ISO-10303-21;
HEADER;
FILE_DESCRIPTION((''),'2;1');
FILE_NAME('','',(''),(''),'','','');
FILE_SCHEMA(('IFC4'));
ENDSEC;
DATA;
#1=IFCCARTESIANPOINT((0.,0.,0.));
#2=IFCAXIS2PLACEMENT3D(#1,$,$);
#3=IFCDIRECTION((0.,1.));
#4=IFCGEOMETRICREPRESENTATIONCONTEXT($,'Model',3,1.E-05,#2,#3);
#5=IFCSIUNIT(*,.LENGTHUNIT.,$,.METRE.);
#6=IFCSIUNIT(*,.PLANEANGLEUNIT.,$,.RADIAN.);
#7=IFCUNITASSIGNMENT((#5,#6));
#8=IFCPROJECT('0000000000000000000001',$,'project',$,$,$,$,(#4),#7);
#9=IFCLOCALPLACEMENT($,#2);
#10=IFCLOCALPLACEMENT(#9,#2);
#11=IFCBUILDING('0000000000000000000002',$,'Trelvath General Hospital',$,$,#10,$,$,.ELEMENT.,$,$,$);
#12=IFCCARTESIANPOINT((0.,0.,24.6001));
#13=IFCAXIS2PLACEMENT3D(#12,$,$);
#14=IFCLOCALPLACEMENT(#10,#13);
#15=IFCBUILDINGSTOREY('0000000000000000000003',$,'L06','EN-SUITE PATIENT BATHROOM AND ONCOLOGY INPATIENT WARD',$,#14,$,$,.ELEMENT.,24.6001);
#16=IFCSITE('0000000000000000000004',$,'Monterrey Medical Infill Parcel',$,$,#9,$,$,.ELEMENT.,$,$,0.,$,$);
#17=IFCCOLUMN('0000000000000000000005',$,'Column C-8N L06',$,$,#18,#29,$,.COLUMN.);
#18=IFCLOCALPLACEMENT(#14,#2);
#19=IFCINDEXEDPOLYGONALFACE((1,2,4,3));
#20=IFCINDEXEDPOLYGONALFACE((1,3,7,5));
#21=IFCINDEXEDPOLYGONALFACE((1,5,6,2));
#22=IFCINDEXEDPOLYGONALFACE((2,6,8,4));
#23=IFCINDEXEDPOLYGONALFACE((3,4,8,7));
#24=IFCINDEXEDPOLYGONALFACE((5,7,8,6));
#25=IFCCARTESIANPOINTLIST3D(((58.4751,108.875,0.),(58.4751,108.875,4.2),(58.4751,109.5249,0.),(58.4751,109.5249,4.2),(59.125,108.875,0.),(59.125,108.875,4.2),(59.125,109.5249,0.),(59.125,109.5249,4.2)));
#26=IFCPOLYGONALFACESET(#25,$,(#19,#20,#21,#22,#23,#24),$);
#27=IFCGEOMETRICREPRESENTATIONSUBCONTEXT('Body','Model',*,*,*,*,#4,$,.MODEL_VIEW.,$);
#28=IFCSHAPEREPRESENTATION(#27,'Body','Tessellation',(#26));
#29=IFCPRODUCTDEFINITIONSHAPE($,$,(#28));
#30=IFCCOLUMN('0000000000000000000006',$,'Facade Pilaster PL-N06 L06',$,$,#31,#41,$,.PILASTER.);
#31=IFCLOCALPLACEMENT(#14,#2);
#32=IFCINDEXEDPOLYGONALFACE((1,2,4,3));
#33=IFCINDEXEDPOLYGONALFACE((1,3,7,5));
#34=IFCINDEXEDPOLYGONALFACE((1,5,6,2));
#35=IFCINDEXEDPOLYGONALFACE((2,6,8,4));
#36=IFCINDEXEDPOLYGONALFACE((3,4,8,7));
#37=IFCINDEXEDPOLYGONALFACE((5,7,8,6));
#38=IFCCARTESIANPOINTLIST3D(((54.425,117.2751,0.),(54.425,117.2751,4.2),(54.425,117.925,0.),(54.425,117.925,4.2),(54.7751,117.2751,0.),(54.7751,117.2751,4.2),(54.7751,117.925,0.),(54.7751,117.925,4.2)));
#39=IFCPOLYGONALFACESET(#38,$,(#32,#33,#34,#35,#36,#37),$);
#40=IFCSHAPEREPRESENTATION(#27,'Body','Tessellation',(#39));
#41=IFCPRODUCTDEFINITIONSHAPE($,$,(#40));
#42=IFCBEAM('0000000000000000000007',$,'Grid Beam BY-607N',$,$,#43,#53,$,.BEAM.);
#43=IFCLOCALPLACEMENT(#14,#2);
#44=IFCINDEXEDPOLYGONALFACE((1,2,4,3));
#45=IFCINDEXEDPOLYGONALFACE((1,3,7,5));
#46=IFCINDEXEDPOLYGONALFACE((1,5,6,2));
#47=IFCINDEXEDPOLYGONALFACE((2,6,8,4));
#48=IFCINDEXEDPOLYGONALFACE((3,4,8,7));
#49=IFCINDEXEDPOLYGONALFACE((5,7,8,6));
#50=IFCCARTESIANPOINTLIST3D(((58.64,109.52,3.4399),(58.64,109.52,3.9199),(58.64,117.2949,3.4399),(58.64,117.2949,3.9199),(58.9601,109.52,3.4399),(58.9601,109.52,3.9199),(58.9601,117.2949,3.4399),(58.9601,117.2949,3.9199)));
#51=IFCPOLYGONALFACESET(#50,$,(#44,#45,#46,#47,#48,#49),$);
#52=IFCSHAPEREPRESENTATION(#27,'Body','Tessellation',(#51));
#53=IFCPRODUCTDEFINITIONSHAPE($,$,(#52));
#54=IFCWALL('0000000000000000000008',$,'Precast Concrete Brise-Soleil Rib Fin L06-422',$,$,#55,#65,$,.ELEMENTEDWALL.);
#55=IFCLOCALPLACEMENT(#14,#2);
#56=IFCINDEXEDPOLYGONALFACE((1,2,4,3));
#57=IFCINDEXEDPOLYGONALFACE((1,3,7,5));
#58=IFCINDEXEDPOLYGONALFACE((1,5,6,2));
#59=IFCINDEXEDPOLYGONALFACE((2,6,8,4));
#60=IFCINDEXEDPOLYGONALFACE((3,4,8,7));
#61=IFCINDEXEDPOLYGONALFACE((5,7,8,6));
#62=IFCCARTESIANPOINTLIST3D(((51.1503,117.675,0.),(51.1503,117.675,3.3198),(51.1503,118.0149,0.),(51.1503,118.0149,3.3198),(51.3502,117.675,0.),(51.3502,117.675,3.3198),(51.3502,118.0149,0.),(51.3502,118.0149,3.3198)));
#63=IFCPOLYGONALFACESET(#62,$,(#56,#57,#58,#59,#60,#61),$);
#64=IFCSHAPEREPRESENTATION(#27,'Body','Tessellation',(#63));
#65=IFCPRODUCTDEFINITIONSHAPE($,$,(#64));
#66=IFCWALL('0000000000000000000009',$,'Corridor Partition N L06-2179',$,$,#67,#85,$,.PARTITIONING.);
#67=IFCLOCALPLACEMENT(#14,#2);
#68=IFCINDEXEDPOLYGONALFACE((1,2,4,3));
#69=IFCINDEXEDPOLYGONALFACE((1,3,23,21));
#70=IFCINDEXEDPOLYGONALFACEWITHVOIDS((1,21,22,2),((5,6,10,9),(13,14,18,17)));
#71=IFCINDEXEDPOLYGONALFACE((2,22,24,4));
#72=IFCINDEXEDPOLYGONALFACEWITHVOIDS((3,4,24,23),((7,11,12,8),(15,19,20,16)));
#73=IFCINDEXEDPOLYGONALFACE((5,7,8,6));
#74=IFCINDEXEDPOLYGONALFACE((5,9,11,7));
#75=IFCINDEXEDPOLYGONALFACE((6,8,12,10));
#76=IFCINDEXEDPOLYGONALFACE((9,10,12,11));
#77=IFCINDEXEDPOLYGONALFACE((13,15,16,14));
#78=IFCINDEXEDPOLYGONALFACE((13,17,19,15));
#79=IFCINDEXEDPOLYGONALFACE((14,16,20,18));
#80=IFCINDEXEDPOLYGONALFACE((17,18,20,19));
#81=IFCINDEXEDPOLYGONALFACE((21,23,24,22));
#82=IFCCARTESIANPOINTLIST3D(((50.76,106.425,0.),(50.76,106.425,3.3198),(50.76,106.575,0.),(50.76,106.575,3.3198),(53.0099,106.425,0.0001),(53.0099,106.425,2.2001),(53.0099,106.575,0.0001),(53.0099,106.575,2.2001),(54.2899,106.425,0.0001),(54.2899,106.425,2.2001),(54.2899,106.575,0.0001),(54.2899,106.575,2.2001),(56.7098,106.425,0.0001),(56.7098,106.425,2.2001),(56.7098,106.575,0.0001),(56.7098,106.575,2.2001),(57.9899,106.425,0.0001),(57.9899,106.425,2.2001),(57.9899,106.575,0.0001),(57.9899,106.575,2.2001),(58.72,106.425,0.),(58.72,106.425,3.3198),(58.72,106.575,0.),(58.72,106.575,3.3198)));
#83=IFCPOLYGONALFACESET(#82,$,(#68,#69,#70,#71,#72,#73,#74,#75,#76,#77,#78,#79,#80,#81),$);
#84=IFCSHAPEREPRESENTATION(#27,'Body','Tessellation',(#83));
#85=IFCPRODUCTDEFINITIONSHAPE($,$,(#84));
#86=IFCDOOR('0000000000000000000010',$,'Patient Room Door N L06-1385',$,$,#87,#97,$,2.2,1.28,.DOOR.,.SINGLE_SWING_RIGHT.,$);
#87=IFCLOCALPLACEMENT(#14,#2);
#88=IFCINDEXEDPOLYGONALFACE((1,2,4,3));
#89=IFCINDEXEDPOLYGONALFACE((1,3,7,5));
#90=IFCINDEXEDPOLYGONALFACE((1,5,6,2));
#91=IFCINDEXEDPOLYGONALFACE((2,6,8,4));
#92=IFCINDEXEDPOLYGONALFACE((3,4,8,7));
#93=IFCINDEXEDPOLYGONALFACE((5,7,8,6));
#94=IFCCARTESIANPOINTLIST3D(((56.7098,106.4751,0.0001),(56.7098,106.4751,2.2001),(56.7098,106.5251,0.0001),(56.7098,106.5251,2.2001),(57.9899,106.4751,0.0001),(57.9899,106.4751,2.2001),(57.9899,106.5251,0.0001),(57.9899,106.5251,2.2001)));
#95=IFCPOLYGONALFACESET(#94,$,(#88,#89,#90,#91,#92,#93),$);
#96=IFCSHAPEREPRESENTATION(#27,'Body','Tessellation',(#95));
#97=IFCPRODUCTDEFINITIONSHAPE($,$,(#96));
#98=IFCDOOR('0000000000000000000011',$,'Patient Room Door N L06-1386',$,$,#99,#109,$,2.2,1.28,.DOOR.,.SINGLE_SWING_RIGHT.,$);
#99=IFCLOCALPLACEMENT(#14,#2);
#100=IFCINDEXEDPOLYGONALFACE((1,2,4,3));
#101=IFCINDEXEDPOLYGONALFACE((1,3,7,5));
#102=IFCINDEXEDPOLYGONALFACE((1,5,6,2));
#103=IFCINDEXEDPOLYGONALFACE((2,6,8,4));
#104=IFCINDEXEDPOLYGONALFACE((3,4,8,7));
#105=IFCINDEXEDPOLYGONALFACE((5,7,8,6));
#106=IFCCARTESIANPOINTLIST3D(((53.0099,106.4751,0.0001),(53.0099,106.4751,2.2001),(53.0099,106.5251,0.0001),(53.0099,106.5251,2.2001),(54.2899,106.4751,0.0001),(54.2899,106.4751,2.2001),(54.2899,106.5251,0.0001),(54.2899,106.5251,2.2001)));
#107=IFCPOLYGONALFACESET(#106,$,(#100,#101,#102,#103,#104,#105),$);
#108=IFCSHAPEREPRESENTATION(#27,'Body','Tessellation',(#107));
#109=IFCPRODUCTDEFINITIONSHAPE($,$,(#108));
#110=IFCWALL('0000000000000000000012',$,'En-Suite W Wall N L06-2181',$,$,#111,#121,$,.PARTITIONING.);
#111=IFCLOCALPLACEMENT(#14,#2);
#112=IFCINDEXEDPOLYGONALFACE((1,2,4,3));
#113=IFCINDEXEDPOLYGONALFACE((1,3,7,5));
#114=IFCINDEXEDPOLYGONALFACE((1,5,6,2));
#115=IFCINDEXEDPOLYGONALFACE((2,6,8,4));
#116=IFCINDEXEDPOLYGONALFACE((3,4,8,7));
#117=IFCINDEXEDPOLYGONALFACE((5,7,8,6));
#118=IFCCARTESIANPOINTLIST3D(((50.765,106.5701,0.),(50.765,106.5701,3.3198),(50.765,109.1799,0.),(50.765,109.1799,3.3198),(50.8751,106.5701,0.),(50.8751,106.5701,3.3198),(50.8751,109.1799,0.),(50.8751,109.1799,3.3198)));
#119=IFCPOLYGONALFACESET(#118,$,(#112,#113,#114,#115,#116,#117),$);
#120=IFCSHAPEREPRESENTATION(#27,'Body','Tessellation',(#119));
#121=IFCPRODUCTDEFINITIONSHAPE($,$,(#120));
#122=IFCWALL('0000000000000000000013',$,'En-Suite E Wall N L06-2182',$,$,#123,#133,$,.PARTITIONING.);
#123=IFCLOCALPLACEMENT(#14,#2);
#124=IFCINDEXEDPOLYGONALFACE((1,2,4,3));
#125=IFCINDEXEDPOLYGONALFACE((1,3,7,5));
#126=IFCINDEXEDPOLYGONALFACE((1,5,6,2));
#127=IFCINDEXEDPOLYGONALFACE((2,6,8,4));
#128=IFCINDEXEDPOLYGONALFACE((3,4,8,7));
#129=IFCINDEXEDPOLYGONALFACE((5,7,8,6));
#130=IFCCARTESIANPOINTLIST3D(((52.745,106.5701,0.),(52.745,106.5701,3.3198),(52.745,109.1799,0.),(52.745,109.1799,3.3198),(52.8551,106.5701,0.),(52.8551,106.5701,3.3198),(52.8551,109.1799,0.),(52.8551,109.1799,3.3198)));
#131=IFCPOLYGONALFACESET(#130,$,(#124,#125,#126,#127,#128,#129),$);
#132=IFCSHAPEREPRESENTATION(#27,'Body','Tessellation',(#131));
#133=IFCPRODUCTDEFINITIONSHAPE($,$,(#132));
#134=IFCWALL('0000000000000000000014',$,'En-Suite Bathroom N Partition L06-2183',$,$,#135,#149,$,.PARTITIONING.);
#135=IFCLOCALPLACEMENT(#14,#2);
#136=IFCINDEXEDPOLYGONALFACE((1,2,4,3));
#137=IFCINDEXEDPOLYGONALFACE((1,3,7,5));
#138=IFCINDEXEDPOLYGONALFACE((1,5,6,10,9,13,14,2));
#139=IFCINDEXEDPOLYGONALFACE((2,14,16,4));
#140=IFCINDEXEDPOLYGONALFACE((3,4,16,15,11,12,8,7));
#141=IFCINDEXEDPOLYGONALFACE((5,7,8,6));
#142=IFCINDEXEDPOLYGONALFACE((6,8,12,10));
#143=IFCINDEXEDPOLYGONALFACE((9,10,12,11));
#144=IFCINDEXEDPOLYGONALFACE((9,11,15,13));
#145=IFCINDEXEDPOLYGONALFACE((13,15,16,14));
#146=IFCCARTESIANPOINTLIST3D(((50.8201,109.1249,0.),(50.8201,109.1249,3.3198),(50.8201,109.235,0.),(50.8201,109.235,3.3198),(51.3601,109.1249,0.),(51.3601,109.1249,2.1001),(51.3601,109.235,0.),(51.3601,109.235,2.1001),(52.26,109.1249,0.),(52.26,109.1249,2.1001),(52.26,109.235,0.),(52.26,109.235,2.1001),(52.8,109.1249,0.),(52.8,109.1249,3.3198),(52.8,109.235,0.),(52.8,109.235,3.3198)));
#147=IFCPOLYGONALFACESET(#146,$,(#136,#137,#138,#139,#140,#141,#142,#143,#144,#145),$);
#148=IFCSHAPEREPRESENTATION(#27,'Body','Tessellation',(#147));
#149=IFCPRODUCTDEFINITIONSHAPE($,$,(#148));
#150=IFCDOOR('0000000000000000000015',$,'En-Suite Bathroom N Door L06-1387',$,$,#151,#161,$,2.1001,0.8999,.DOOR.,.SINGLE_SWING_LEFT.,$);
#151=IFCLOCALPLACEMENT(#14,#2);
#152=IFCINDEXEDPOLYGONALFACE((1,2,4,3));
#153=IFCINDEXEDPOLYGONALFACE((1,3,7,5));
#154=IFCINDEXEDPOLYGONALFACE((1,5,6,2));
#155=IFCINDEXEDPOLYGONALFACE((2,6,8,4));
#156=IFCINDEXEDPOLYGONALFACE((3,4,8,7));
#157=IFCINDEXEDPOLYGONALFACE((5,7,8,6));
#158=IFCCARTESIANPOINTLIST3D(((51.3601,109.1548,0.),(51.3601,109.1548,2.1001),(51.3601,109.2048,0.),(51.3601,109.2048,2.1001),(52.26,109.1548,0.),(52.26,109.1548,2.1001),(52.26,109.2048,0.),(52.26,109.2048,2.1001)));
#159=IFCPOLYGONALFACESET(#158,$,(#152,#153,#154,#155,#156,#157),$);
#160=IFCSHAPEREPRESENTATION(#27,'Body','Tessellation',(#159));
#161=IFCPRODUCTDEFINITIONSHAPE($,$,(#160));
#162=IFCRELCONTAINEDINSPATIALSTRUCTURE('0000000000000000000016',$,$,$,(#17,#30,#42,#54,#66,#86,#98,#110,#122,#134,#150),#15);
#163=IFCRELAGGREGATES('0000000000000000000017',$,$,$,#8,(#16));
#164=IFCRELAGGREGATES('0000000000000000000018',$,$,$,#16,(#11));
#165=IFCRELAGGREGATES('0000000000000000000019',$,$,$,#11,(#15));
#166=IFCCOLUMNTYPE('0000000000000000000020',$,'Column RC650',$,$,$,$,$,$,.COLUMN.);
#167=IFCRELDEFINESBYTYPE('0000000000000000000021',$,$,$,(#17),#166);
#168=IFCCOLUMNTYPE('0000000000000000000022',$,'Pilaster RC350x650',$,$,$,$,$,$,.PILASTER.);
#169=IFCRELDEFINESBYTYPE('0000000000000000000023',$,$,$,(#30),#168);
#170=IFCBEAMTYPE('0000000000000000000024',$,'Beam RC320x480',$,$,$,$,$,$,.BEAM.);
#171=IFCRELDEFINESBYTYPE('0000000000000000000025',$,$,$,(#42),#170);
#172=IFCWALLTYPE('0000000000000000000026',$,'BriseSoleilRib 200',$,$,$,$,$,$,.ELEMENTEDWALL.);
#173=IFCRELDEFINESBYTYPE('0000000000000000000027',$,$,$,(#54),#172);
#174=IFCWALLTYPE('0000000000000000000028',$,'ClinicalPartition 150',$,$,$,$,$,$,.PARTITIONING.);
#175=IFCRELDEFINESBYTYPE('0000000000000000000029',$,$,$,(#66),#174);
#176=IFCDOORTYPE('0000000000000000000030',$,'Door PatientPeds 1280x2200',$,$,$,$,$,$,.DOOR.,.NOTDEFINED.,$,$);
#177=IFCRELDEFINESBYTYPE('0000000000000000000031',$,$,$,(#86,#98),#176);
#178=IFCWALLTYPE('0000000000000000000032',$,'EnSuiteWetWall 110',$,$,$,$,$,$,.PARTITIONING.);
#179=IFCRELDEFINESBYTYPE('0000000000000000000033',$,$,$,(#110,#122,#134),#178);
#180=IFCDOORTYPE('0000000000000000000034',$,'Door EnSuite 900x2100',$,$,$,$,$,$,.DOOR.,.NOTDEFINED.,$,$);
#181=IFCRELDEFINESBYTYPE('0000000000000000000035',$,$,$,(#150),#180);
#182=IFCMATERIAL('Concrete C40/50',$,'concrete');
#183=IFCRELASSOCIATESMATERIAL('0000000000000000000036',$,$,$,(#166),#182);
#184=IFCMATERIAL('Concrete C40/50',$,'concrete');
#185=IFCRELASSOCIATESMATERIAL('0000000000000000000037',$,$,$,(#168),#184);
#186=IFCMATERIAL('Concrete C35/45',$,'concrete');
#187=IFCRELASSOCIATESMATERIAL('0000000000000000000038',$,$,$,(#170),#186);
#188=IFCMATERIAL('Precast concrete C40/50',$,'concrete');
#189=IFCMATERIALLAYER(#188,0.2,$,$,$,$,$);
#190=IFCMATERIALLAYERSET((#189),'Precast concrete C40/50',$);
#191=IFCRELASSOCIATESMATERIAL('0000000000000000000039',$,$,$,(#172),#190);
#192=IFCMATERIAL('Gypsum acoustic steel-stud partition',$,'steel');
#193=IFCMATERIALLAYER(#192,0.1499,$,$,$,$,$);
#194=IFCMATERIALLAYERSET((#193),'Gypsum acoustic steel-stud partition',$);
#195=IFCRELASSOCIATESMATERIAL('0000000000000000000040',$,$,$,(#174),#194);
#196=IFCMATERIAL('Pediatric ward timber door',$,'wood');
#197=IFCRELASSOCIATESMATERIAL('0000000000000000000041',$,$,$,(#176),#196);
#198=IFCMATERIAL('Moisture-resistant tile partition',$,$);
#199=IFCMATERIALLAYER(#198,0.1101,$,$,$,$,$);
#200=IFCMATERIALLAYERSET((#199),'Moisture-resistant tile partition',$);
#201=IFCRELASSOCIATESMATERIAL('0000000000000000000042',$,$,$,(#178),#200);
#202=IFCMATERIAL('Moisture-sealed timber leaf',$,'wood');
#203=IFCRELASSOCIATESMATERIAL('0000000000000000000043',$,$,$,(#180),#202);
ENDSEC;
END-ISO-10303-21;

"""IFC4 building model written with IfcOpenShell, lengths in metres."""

from ifc_helpers import new_model, si_unit, direction, frame, frame_2d, origin, origin_2d, place, context, subcontext, project, spatial, rectangle, extrude, material, layer, layer_set, material_profile, profile_set, type_object, element, fill, save


model = new_model("IFC4")

# Units and contexts
model_context = context("Model", 3, precision=1e-05, world=origin(), true_north=direction((0.0, 1.0)))
body_context = subcontext(model_context, "Body", "Model", "MODEL_VIEW")
ifc_project = project(units=[si_unit("LENGTHUNIT", "METRE"), si_unit("PLANEANGLEUNIT", "RADIAN")], contexts=[model_context])

# Site, building, storey
site_placement = place(None, origin())
site = spatial("IfcSite", under=ifc_project, at=site_placement, Name="Monterrey Medical Infill Parcel", CompositionType="ELEMENT", RefElevation=0.0)
building_placement = place(site_placement, origin())
building = spatial("IfcBuilding", under=site, at=building_placement, Name="Trelvath General Hospital", CompositionType="ELEMENT")
storey_placement = place(building_placement, frame((0.0, 0.0, 24.6001)))
storey = spatial("IfcBuildingStorey", under=building, at=storey_placement, Name="L06", Description="EN-SUITE PATIENT BATHROOM AND ONCOLOGY INPATIENT WARD", CompositionType="ELEMENT", Elevation=24.6001)

# Columns
ifc_material_1 = material(Name="Concrete C40/50", Category="concrete")
ifc_material_profile_1 = material_profile(ifc_material_1, rectangle(XDim=0.6499, YDim=0.6499, at=origin_2d()), Name="RC650x650")
ifc_profile_set_1 = profile_set([ifc_material_profile_1], Name="Concrete C40/50")
column_type_1 = type_object("IfcColumnType", Name="Column RC650", PredefinedType="COLUMN", material=ifc_profile_set_1)
column_1_placement = place(storey_placement, frame((58.8, 109.2, 0.0), z_axis=(0.0, 0.0, 1.0), x_axis=(1.0, 0.0, 0.0)))
element("IfcColumn", 1, at=column_1_placement, inside=storey, type_object=column_type_1, Name="Column C-8N L06", PredefinedType="COLUMN", context=body_context, shape_type="SweptSolid", body=[
    extrude(rectangle(XDim=0.6499, YDim=0.6499, at=origin_2d()), origin(), (0.0, 0.0, 1.0), 4.2),
])
ifc_material_2 = material(Name="Concrete C40/50", Category="concrete")
ifc_material_profile_2 = material_profile(ifc_material_2, rectangle(XDim=0.3501, YDim=0.6499, at=origin_2d()), Name="RC350x650")
ifc_profile_set_2 = profile_set([ifc_material_profile_2], Name="Concrete C40/50")
column_type_2 = type_object("IfcColumnType", Name="Pilaster RC350x650", PredefinedType="PILASTER", material=ifc_profile_set_2)
column_2_placement = place(storey_placement, frame((54.6001, 117.6001, 0.0), z_axis=(0.0, 0.0, 1.0), x_axis=(1.0, 0.0, 0.0)))
element("IfcColumn", 2, at=column_2_placement, inside=storey, type_object=column_type_2, Name="Facade Pilaster PL-N06 L06", PredefinedType="PILASTER", context=body_context, shape_type="SweptSolid", body=[
    extrude(rectangle(XDim=0.3501, YDim=0.6499, at=origin_2d()), origin(), (0.0, 0.0, 1.0), 4.2),
])

# Beam
ifc_material_3 = material(Name="Concrete C35/45", Category="concrete")
ifc_material_profile_3 = material_profile(ifc_material_3, rectangle(XDim=0.3201, YDim=0.48, at=origin_2d()), Name="RCB320x480")
ifc_profile_set_3 = profile_set([ifc_material_profile_3], Name="Concrete C35/45")
beam_type = type_object("IfcBeamType", Name="Beam RC320x480", PredefinedType="BEAM", material=ifc_profile_set_3)
beam_placement = place(storey_placement, frame((58.8, 109.52, 3.6799), z_axis=(0.0, 1.0, 0.0), x_axis=(-1.0, 0.0, 0.0)))
element("IfcBeam", 3, at=beam_placement, inside=storey, type_object=beam_type, Name="Grid Beam BY-607N", PredefinedType="BEAM", context=body_context, shape_type="SweptSolid", body=[
    extrude(rectangle(XDim=0.3201, YDim=0.48, at=origin_2d()), origin(), (0.0, 0.0, 1.0), 7.7749),
])

# Wall
ifc_material_4 = material(Name="Precast concrete C40/50", Category="concrete")
ifc_layer_1 = layer(ifc_material_4, 0.2)
ifc_layer_set_1 = layer_set([ifc_layer_1], Name="Precast concrete C40/50")
wall_type_1 = type_object("IfcWallType", Name="BriseSoleilRib 200", PredefinedType="ELEMENTEDWALL", material=ifc_layer_set_1)
wall_1_placement = place(storey_placement, frame((51.2502, 117.675, 0.0), z_axis=(0.0, 0.0, 1.0), x_axis=(0.0, 1.0, 0.0)))
element("IfcWall", 4, at=wall_1_placement, inside=storey, type_object=wall_type_1, Name="Precast Concrete Brise-Soleil Rib Fin L06-422", PredefinedType="ELEMENTEDWALL", context=body_context, shape_type="SweptSolid", body=[
    extrude(rectangle(XDim=0.3398, YDim=0.2, at=frame_2d((0.1699, 0.0))), origin(), (0.0, 0.0, 1.0), 3.3198),
])

# Wall, openings, doors
ifc_material_5 = material(Name="Gypsum acoustic steel-stud partition", Category="steel")
ifc_layer_2 = layer(ifc_material_5, 0.1499)
ifc_layer_set_2 = layer_set([ifc_layer_2], Name="Gypsum acoustic steel-stud partition")
wall_type_2 = type_object("IfcWallType", Name="ClinicalPartition 150", PredefinedType="PARTITIONING", material=ifc_layer_set_2)
wall_2_placement = place(storey_placement, frame((58.72, 106.5, 0.0), z_axis=(0.0, 0.0, 1.0), x_axis=(-1.0, 0.0, 0.0)))
wall_2 = element("IfcWall", 5, at=wall_2_placement, inside=storey, type_object=wall_type_2, Name="Corridor Partition N L06-2179", PredefinedType="PARTITIONING", context=body_context, shape_type="SweptSolid", body=[
    extrude(rectangle(XDim=7.96, YDim=0.1499, at=frame_2d((3.98, 0.0))), origin(), (0.0, 0.0, 1.0), 3.3198),
])
opening_1_placement = place(wall_2_placement, frame((0.73, 0.0, 0.0)))
opening_1 = element("IfcOpeningElement", 6, at=opening_1_placement, cuts=wall_2, PredefinedType="OPENING", context=body_context, shape_type="SweptSolid", body=[
    extrude(rectangle(XDim=1.28, YDim=2.2, at=frame_2d((0.6401, 1.1001))), frame((0.0, 0.085, 0.0), z_axis=(0.0, -1.0, 0.0), x_axis=(1.0, 0.0, 0.0)), (0.0, 0.0, 1.0), 0.1699),
])
opening_2_placement = place(wall_2_placement, frame((4.4299, 0.0, 0.0)))
opening_2 = element("IfcOpeningElement", 7, at=opening_2_placement, cuts=wall_2, PredefinedType="OPENING", context=body_context, shape_type="SweptSolid", body=[
    extrude(rectangle(XDim=1.28, YDim=2.2, at=frame_2d((0.6401, 1.1001))), frame((0.0, 0.085, 0.0), z_axis=(0.0, -1.0, 0.0), x_axis=(1.0, 0.0, 0.0)), (0.0, 0.0, 1.0), 0.1699),
])
ifc_material_6 = material(Name="Pediatric ward timber door", Category="wood")
door_type_1 = type_object("IfcDoorType", Name="Door PatientPeds 1280x2200", OperationType="NOTDEFINED", PredefinedType="DOOR", material=ifc_material_6)
door_1_placement = place(opening_1_placement, origin())
door_1 = element("IfcDoor", 8, at=door_1_placement, inside=storey, type_object=door_type_1, Name="Patient Room Door N L06-1385", OperationType="SINGLE_SWING_RIGHT", OverallHeight=2.2, OverallWidth=1.28, PredefinedType="DOOR", context=body_context, shape_type="SweptSolid", body=[
    extrude(rectangle(XDim=1.28, YDim=2.2, at=frame_2d((0.6401, 1.1001))), frame((0.0, 0.0249, 0.0), z_axis=(0.0, -1.0, 0.0), x_axis=(1.0, 0.0, 0.0)), (0.0, 0.0, 1.0), 0.05),
])
fill(opening_1, door_1)
door_2_placement = place(opening_2_placement, origin())
door_2 = element("IfcDoor", 9, at=door_2_placement, inside=storey, type_object=door_type_1, Name="Patient Room Door N L06-1386", OperationType="SINGLE_SWING_RIGHT", OverallHeight=2.2, OverallWidth=1.28, PredefinedType="DOOR", context=body_context, shape_type="SweptSolid", body=[
    extrude(rectangle(XDim=1.28, YDim=2.2, at=frame_2d((0.6401, 1.1001))), frame((0.0, 0.0249, 0.0), z_axis=(0.0, -1.0, 0.0), x_axis=(1.0, 0.0, 0.0)), (0.0, 0.0, 1.0), 0.05),
])
fill(opening_2, door_2)

# Walls
ifc_material_7 = material(Name="Moisture-resistant tile partition")
ifc_layer_3 = layer(ifc_material_7, 0.1101)
ifc_layer_set_3 = layer_set([ifc_layer_3], Name="Moisture-resistant tile partition")
wall_type_3 = type_object("IfcWallType", Name="EnSuiteWetWall 110", PredefinedType="PARTITIONING", material=ifc_layer_set_3)
for number, where, z_axis, x_axis, name in (
    (10, (50.8201, 106.5701, 0.0), (0.0, 0.0, 1.0), (0.0, 1.0, 0.0), "En-Suite W Wall N L06-2181"),
    (11, (52.8, 106.5701, 0.0), (0.0, 0.0, 1.0), (0.0, 1.0, 0.0), "En-Suite E Wall N L06-2182"),
):
    element("IfcWall", number, at=place(storey_placement, frame(where, z_axis=z_axis, x_axis=x_axis)), inside=storey, type_object=wall_type_3, Name=name, PredefinedType="PARTITIONING", context=body_context, shape_type="SweptSolid", body=[
        extrude(rectangle(XDim=2.6099, YDim=0.1101, at=frame_2d((1.3049, 0.0))), origin(), (0.0, 0.0, 1.0), 3.3198),
    ])

# Wall, opening, door
wall_3_placement = place(storey_placement, frame((50.8201, 109.1799, 0.0), z_axis=(0.0, 0.0, 1.0), x_axis=(1.0, 0.0, 0.0)))
wall_3 = element("IfcWall", 12, at=wall_3_placement, inside=storey, type_object=wall_type_3, Name="En-Suite Bathroom N Partition L06-2183", PredefinedType="PARTITIONING", context=body_context, shape_type="SweptSolid", body=[
    extrude(rectangle(XDim=1.98, YDim=0.1101, at=frame_2d((0.99, 0.0))), origin(), (0.0, 0.0, 1.0), 3.3198),
])
opening_3_placement = place(wall_3_placement, frame((0.54, 0.0, 0.0)))
opening_3 = element("IfcOpeningElement", 13, at=opening_3_placement, cuts=wall_3, PredefinedType="OPENING", context=body_context, shape_type="SweptSolid", body=[
    extrude(rectangle(XDim=0.8999, YDim=2.1001, at=frame_2d((0.45, 1.05))), frame((0.0, 0.0649, 0.0), z_axis=(0.0, -1.0, 0.0), x_axis=(1.0, 0.0, 0.0)), (0.0, 0.0, 1.0), 0.1301),
])
ifc_material_8 = material(Name="Moisture-sealed timber leaf", Category="wood")
door_type_2 = type_object("IfcDoorType", Name="Door EnSuite 900x2100", OperationType="NOTDEFINED", PredefinedType="DOOR", material=ifc_material_8)
door_3_placement = place(opening_3_placement, origin())
door_3 = element("IfcDoor", 14, at=door_3_placement, inside=storey, type_object=door_type_2, Name="En-Suite Bathroom N Door L06-1387", OperationType="SINGLE_SWING_LEFT", OverallHeight=2.1001, OverallWidth=0.8999, PredefinedType="DOOR", context=body_context, shape_type="SweptSolid", body=[
    extrude(rectangle(XDim=0.8999, YDim=2.1001, at=frame_2d((0.45, 1.05))), frame((0.0, 0.0249, 0.0), z_axis=(0.0, -1.0, 0.0), x_axis=(1.0, 0.0, 0.0)), (0.0, 0.0, 1.0), 0.05),
])
fill(opening_3, door_3)

save(model, "model.ifc")
